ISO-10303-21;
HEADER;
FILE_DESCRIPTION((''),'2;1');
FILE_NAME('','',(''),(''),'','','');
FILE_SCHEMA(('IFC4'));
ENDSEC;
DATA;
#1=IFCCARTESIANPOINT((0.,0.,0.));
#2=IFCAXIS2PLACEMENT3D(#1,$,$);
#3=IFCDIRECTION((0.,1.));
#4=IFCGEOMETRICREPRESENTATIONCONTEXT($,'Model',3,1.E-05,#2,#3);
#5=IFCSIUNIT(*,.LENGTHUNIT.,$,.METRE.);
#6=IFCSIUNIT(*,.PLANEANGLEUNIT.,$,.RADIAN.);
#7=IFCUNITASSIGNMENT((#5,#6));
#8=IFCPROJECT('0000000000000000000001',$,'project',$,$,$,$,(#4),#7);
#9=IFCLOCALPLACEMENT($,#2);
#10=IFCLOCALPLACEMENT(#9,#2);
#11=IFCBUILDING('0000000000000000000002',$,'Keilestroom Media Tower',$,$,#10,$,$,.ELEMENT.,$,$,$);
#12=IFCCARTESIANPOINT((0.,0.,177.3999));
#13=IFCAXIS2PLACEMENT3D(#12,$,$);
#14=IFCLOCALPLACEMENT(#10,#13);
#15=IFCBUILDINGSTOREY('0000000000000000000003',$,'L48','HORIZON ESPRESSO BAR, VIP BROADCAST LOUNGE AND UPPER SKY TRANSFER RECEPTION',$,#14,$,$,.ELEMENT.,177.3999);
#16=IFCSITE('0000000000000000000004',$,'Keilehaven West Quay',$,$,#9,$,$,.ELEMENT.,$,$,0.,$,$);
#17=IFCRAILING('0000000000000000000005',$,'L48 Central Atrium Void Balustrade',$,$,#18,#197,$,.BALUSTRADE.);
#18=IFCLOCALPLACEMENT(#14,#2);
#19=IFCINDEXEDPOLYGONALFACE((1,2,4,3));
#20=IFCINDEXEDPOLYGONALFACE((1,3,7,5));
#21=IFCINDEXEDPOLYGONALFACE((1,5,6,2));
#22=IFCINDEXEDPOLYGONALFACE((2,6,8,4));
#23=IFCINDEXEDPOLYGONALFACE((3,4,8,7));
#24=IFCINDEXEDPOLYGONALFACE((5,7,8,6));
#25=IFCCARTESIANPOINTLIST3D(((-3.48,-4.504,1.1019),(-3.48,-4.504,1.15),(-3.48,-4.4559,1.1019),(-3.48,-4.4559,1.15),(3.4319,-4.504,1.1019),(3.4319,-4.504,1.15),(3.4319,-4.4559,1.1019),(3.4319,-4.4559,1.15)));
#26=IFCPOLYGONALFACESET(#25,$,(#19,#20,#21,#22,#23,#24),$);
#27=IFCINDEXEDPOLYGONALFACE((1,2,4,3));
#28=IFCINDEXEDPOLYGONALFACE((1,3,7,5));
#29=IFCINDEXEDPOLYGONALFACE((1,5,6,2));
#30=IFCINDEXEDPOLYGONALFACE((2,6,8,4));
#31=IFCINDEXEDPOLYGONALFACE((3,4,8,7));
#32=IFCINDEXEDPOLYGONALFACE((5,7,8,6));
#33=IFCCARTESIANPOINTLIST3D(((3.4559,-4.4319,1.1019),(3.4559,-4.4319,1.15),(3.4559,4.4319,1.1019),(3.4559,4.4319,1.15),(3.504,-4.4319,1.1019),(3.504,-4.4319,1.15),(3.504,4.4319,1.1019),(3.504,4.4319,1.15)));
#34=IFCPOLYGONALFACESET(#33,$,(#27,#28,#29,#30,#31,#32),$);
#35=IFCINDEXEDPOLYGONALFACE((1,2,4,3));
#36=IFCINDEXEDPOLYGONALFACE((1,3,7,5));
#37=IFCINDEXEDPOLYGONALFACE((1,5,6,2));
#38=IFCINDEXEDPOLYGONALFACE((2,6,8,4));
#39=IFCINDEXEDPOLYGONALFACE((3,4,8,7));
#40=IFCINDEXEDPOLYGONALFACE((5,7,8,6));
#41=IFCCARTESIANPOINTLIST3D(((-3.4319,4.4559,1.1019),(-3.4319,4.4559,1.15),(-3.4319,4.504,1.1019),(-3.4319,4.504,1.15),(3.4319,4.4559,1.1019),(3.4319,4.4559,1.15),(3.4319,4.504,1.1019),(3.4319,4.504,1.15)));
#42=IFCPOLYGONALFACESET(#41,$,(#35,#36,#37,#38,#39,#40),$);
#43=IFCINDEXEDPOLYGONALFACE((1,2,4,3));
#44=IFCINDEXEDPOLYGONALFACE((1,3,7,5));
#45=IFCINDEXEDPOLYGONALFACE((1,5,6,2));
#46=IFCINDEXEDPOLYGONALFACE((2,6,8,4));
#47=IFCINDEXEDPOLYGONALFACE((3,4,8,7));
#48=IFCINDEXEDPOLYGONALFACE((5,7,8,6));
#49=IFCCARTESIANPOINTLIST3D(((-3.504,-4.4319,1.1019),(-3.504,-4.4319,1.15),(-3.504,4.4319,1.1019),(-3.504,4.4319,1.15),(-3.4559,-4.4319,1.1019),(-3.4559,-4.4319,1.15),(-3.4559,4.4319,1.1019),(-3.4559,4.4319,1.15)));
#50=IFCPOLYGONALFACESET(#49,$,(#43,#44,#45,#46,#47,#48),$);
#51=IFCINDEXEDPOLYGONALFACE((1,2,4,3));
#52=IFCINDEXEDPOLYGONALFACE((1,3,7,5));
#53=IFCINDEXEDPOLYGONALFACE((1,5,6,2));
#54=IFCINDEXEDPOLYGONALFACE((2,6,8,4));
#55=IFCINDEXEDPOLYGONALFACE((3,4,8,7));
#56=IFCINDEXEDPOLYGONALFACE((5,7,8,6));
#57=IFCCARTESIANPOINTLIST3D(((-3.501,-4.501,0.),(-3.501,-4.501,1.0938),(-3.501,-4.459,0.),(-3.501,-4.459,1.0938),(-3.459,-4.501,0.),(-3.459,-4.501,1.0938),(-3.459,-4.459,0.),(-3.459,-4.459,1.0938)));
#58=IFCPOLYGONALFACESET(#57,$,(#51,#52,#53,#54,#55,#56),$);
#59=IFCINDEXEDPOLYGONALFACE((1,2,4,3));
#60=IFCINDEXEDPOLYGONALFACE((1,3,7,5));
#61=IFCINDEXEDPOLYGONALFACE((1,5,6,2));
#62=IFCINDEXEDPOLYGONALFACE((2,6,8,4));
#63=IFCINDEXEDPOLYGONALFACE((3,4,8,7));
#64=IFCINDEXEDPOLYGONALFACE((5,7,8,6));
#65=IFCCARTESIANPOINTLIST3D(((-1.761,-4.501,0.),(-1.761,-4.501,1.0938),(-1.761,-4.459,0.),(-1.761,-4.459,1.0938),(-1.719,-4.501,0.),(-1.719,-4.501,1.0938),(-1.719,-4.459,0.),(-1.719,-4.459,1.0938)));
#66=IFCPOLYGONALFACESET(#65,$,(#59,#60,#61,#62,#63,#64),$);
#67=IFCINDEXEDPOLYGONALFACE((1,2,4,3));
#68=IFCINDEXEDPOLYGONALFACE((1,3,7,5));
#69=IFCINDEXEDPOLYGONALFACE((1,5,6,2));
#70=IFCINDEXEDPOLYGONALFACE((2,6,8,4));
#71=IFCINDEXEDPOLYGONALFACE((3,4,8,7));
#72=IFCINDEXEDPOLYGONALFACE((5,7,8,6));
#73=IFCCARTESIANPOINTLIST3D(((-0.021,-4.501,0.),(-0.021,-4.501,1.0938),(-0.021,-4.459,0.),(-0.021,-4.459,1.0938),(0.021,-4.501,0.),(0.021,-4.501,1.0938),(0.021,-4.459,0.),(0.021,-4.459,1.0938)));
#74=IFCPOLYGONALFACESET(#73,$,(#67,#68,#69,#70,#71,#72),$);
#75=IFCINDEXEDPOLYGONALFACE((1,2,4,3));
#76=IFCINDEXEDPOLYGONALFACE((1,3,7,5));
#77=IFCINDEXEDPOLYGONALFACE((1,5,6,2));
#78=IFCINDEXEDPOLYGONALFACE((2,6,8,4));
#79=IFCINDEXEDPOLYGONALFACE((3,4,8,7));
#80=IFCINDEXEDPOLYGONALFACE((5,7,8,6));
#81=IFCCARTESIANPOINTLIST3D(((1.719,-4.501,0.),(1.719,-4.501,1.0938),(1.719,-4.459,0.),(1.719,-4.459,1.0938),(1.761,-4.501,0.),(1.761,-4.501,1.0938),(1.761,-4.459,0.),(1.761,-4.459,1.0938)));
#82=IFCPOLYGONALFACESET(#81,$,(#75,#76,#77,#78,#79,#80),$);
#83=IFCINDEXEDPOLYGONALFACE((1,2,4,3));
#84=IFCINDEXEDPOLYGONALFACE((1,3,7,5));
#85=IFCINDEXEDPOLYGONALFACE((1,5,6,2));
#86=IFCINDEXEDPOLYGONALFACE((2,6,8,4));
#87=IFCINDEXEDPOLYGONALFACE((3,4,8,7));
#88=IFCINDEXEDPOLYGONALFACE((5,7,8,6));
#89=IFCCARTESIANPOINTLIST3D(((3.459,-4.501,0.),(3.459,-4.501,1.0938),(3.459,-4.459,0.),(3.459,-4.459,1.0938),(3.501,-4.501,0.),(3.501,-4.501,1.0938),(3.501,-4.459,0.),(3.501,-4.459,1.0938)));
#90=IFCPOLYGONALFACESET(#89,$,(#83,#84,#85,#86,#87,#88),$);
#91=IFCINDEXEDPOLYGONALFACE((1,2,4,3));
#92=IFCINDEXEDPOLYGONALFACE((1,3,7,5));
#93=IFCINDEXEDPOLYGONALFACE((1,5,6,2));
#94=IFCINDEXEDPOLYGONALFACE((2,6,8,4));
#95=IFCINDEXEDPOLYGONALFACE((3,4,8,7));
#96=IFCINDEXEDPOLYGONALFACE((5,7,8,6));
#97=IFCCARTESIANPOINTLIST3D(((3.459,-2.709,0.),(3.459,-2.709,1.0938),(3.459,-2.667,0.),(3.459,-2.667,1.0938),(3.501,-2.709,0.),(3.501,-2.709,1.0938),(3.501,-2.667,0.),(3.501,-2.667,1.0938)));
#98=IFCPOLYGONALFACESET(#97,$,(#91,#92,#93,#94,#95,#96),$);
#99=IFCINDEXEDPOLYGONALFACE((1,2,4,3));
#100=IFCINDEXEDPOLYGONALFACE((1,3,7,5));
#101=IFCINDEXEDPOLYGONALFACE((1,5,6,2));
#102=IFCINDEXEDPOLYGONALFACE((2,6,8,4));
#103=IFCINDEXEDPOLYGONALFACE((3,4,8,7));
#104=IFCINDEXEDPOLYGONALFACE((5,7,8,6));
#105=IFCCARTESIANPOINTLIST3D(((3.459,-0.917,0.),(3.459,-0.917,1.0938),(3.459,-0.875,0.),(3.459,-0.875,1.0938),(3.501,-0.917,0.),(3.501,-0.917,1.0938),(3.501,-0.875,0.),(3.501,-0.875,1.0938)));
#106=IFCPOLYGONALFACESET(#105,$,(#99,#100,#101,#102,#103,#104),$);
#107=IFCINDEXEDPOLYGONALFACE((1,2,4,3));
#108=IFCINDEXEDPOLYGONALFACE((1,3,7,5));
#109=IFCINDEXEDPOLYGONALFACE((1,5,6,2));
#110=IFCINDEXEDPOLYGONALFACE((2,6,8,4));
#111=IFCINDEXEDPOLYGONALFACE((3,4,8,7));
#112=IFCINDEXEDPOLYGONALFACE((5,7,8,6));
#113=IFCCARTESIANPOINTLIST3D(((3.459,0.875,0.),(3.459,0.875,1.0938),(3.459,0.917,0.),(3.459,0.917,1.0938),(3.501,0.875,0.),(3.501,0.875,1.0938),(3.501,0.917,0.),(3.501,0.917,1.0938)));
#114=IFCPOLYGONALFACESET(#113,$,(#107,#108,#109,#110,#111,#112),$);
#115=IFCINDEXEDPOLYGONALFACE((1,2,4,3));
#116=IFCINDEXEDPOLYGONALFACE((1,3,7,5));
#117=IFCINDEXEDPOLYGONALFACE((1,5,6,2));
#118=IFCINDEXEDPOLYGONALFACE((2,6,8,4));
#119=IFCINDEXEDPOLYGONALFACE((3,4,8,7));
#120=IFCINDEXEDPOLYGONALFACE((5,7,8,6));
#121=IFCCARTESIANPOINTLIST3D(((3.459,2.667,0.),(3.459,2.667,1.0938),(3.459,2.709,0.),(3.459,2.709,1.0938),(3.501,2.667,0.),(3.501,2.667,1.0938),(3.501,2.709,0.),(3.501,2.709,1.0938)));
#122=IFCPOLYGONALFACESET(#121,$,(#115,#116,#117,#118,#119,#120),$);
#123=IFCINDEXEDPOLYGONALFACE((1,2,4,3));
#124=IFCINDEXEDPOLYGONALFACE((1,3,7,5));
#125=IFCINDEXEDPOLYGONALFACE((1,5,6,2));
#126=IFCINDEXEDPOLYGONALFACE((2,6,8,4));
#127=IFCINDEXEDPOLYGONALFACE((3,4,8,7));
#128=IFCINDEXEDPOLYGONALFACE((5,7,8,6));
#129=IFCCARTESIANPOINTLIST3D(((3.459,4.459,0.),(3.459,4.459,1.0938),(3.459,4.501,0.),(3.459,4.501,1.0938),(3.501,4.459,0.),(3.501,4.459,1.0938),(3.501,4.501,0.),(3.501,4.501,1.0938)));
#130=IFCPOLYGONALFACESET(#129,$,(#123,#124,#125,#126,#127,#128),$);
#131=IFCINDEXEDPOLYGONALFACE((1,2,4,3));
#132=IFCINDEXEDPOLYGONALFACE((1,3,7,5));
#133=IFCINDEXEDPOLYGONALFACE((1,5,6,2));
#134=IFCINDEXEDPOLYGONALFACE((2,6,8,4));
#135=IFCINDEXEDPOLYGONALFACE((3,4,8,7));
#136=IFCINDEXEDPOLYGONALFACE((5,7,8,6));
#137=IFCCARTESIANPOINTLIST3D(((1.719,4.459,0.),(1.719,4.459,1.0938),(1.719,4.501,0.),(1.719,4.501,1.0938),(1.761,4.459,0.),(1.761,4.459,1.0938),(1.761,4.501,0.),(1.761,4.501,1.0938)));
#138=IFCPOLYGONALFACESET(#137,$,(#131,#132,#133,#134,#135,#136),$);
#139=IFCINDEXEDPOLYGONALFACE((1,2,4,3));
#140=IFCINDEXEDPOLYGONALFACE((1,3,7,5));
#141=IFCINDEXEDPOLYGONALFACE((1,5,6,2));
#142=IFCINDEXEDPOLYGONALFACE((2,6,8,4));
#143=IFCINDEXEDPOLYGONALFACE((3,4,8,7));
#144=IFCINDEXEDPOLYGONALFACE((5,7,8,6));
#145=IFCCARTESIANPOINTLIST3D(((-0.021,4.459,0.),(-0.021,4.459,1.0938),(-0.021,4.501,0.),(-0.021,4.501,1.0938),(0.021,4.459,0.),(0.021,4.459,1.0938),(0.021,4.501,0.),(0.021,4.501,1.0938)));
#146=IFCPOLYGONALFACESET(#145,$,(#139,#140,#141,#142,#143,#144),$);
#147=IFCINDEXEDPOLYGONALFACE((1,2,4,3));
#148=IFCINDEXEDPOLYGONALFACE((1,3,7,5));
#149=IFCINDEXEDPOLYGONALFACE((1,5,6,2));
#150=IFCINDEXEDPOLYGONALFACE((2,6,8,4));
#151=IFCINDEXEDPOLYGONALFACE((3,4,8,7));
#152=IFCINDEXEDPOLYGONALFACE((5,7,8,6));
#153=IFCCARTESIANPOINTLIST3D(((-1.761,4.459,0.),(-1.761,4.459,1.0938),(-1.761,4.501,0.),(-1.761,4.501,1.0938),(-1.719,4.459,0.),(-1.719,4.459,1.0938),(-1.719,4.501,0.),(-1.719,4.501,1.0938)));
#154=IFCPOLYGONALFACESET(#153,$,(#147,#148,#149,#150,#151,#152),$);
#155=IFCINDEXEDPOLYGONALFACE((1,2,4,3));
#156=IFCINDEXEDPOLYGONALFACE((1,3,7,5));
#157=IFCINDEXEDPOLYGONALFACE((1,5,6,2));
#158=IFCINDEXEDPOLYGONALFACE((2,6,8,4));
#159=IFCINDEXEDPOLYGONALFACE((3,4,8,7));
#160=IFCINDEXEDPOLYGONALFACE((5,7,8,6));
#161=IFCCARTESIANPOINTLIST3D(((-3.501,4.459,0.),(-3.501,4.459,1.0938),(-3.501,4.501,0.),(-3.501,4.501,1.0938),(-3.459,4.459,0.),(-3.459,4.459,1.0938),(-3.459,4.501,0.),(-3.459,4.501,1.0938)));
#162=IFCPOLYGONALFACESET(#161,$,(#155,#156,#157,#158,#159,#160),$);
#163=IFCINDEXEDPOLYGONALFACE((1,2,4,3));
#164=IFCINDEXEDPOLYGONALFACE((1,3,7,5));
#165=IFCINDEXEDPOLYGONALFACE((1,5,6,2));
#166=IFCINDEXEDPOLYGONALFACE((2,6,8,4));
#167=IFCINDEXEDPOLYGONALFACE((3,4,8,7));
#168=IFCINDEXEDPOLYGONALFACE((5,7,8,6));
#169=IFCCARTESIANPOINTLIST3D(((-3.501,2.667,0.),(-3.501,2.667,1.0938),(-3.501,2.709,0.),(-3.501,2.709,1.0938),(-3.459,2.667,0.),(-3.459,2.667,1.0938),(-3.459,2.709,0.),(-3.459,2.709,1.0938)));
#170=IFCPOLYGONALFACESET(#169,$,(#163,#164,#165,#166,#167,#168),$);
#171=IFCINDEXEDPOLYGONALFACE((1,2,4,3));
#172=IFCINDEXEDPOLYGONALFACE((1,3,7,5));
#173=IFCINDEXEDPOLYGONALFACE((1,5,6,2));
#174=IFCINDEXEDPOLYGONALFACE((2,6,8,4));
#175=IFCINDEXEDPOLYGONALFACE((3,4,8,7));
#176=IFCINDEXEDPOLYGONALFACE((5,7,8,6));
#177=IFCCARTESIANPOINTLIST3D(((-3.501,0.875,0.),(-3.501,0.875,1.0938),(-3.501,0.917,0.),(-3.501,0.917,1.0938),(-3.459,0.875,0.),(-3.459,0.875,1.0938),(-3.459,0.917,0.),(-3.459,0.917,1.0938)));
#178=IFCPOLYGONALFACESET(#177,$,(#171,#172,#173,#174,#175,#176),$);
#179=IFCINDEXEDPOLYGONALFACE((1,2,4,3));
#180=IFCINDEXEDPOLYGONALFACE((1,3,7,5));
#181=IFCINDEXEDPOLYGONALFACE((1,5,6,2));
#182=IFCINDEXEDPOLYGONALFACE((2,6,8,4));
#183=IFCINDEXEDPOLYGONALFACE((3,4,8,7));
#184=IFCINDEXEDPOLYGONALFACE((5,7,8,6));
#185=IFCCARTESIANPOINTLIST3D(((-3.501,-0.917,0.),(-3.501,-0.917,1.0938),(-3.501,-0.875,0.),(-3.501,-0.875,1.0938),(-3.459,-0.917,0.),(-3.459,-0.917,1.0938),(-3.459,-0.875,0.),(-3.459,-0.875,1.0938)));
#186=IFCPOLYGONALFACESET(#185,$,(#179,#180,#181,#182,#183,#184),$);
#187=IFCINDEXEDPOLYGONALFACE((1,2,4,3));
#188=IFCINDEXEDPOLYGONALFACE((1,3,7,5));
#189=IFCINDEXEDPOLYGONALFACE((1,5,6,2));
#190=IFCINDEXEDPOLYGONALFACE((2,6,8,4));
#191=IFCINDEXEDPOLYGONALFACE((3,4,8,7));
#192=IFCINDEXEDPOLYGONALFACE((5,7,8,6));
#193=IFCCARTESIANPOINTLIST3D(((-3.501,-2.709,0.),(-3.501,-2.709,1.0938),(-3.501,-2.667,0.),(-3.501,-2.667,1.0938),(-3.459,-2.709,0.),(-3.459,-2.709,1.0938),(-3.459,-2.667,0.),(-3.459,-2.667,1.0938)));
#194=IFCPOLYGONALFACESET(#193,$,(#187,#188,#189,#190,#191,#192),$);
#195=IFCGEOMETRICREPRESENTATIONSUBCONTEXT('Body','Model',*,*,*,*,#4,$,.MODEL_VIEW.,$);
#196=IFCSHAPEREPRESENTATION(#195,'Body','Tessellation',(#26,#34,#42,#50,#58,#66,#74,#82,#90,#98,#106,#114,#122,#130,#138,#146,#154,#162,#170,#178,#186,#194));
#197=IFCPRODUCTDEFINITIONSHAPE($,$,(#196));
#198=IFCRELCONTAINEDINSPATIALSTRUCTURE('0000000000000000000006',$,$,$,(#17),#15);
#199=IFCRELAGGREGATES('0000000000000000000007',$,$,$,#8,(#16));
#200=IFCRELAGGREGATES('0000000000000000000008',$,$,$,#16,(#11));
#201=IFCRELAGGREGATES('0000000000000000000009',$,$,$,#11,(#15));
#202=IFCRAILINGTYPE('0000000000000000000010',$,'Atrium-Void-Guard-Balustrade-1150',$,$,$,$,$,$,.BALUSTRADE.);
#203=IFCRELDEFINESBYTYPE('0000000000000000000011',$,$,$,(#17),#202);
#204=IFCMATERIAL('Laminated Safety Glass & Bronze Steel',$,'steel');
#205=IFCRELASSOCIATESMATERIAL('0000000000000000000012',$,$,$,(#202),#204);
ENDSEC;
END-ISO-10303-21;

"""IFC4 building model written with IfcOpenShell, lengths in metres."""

from ifc_helpers import new_model, si_unit, direction, frame, origin, origin_2d, place, context, subcontext, project, spatial, rectangle, extrude, material, type_object, element, save


model = new_model("IFC4")

# Units and contexts
model_context = context("Model", 3, precision=1e-05, world=origin(), true_north=direction((0.0, 1.0)))
body_context = subcontext(model_context, "Body", "Model", "MODEL_VIEW")
ifc_project = project(units=[si_unit("LENGTHUNIT", "METRE"), si_unit("PLANEANGLEUNIT", "RADIAN")], contexts=[model_context])

# Site, building, storey
site_placement = place(None, origin())
site = spatial("IfcSite", under=ifc_project, at=site_placement, Name="Keilehaven West Quay", CompositionType="ELEMENT", RefElevation=0.0)
building_placement = place(site_placement, origin())
building = spatial("IfcBuilding", under=site, at=building_placement, Name="Keilestroom Media Tower", CompositionType="ELEMENT")
storey_placement = place(building_placement, frame((0.0, 0.0, 177.3999)))
storey = spatial("IfcBuildingStorey", under=building, at=storey_placement, Name="L48", Description="HORIZON ESPRESSO BAR, VIP BROADCAST LOUNGE AND UPPER SKY TRANSFER RECEPTION", CompositionType="ELEMENT", Elevation=177.3999)

# Railing
ifc_material_1 = material(Name="Laminated Safety Glass & Bronze Steel", Category="steel")
railing_type = type_object("IfcRailingType", Name="Atrium-Void-Guard-Balustrade-1150", PredefinedType="BALUSTRADE", material=ifc_material_1)
railing_placement = place(storey_placement, frame((-3.48, -4.48, 0.0)))
element("IfcRailing", 1, at=railing_placement, inside=storey, type_object=railing_type, Name="L48 Central Atrium Void Balustrade", PredefinedType="BALUSTRADE", context=body_context, shape_type="SweptSolid", body=[
    extrude(rectangle(XDim=0.0481, YDim=0.0481, at=origin_2d()), frame((0.0, 0.0, 1.126), z_axis=(1.0, 0.0, 0.0), x_axis=(0.0, 1.0, 0.0)), (0.0, 0.0, 1.0), 6.9119),
    extrude(rectangle(XDim=0.0481, YDim=0.0481, at=origin_2d()), frame((6.96, 0.0481, 1.126), z_axis=(0.0, 1.0, 0.0), x_axis=(-1.0, 0.0, 0.0)), (0.0, 0.0, 1.0), 8.8638),
    extrude(rectangle(XDim=0.0481, YDim=0.0481, at=origin_2d()), frame((6.9119, 8.96, 1.126), z_axis=(-1.0, 0.0, 0.0), x_axis=(0.0, -1.0, 0.0)), (0.0, 0.0, 1.0), 6.8638),
    extrude(rectangle(XDim=0.0481, YDim=0.0481, at=origin_2d()), frame((0.0, 8.9119, 1.126), z_axis=(0.0, -1.0, 0.0), x_axis=(1.0, 0.0, 0.0)), (0.0, 0.0, 1.0), 8.8638),
    extrude(rectangle(XDim=0.042, YDim=0.042, at=origin_2d()), origin(), (0.0, 0.0, 1.0), 1.0938),
    extrude(rectangle(XDim=0.042, YDim=0.042, at=origin_2d()), frame((1.74, 0.0, 0.0)), (0.0, 0.0, 1.0), 1.0938),
    extrude(rectangle(XDim=0.042, YDim=0.042, at=origin_2d()), frame((3.48, 0.0, 0.0)), (0.0, 0.0, 1.0), 1.0938),
    extrude(rectangle(XDim=0.042, YDim=0.042, at=origin_2d()), frame((5.22, 0.0, 0.0)), (0.0, 0.0, 1.0), 1.0938),
    extrude(rectangle(XDim=0.042, YDim=0.042, at=origin_2d()), frame((6.96, 0.0, 0.0)), (0.0, 0.0, 1.0), 1.0938),
    extrude(rectangle(XDim=0.042, YDim=0.042, at=origin_2d()), frame((6.96, 1.792, 0.0)), (0.0, 0.0, 1.0), 1.0938),
    extrude(rectangle(XDim=0.042, YDim=0.042, at=origin_2d()), frame((6.96, 3.584, 0.0)), (0.0, 0.0, 1.0), 1.0938),
    extrude(rectangle(XDim=0.042, YDim=0.042, at=origin_2d()), frame((6.96, 5.376, 0.0)), (0.0, 0.0, 1.0), 1.0938),
    extrude(rectangle(XDim=0.042, YDim=0.042, at=origin_2d()), frame((6.96, 7.168, 0.0)), (0.0, 0.0, 1.0), 1.0938),
    extrude(rectangle(XDim=0.042, YDim=0.042, at=origin_2d()), frame((6.96, 8.96, 0.0)), (0.0, 0.0, 1.0), 1.0938),
    extrude(rectangle(XDim=0.042, YDim=0.042, at=origin_2d()), frame((5.22, 8.96, 0.0)), (0.0, 0.0, 1.0), 1.0938),
    extrude(rectangle(XDim=0.042, YDim=0.042, at=origin_2d()), frame((3.48, 8.96, 0.0)), (0.0, 0.0, 1.0), 1.0938),
    extrude(rectangle(XDim=0.042, YDim=0.042, at=origin_2d()), frame((1.74, 8.96, 0.0)), (0.0, 0.0, 1.0), 1.0938),
    extrude(rectangle(XDim=0.042, YDim=0.042, at=origin_2d()), frame((0.0, 8.96, 0.0)), (0.0, 0.0, 1.0), 1.0938),
    extrude(rectangle(XDim=0.042, YDim=0.042, at=origin_2d()), frame((0.0, 7.168, 0.0)), (0.0, 0.0, 1.0), 1.0938),
    extrude(rectangle(XDim=0.042, YDim=0.042, at=origin_2d()), frame((0.0, 5.376, 0.0)), (0.0, 0.0, 1.0), 1.0938),
    extrude(rectangle(XDim=0.042, YDim=0.042, at=origin_2d()), frame((0.0, 3.584, 0.0)), (0.0, 0.0, 1.0), 1.0938),
    extrude(rectangle(XDim=0.042, YDim=0.042, at=origin_2d()), frame((0.0, 1.792, 0.0)), (0.0, 0.0, 1.0), 1.0938),
])

save(model, "model.ifc")
